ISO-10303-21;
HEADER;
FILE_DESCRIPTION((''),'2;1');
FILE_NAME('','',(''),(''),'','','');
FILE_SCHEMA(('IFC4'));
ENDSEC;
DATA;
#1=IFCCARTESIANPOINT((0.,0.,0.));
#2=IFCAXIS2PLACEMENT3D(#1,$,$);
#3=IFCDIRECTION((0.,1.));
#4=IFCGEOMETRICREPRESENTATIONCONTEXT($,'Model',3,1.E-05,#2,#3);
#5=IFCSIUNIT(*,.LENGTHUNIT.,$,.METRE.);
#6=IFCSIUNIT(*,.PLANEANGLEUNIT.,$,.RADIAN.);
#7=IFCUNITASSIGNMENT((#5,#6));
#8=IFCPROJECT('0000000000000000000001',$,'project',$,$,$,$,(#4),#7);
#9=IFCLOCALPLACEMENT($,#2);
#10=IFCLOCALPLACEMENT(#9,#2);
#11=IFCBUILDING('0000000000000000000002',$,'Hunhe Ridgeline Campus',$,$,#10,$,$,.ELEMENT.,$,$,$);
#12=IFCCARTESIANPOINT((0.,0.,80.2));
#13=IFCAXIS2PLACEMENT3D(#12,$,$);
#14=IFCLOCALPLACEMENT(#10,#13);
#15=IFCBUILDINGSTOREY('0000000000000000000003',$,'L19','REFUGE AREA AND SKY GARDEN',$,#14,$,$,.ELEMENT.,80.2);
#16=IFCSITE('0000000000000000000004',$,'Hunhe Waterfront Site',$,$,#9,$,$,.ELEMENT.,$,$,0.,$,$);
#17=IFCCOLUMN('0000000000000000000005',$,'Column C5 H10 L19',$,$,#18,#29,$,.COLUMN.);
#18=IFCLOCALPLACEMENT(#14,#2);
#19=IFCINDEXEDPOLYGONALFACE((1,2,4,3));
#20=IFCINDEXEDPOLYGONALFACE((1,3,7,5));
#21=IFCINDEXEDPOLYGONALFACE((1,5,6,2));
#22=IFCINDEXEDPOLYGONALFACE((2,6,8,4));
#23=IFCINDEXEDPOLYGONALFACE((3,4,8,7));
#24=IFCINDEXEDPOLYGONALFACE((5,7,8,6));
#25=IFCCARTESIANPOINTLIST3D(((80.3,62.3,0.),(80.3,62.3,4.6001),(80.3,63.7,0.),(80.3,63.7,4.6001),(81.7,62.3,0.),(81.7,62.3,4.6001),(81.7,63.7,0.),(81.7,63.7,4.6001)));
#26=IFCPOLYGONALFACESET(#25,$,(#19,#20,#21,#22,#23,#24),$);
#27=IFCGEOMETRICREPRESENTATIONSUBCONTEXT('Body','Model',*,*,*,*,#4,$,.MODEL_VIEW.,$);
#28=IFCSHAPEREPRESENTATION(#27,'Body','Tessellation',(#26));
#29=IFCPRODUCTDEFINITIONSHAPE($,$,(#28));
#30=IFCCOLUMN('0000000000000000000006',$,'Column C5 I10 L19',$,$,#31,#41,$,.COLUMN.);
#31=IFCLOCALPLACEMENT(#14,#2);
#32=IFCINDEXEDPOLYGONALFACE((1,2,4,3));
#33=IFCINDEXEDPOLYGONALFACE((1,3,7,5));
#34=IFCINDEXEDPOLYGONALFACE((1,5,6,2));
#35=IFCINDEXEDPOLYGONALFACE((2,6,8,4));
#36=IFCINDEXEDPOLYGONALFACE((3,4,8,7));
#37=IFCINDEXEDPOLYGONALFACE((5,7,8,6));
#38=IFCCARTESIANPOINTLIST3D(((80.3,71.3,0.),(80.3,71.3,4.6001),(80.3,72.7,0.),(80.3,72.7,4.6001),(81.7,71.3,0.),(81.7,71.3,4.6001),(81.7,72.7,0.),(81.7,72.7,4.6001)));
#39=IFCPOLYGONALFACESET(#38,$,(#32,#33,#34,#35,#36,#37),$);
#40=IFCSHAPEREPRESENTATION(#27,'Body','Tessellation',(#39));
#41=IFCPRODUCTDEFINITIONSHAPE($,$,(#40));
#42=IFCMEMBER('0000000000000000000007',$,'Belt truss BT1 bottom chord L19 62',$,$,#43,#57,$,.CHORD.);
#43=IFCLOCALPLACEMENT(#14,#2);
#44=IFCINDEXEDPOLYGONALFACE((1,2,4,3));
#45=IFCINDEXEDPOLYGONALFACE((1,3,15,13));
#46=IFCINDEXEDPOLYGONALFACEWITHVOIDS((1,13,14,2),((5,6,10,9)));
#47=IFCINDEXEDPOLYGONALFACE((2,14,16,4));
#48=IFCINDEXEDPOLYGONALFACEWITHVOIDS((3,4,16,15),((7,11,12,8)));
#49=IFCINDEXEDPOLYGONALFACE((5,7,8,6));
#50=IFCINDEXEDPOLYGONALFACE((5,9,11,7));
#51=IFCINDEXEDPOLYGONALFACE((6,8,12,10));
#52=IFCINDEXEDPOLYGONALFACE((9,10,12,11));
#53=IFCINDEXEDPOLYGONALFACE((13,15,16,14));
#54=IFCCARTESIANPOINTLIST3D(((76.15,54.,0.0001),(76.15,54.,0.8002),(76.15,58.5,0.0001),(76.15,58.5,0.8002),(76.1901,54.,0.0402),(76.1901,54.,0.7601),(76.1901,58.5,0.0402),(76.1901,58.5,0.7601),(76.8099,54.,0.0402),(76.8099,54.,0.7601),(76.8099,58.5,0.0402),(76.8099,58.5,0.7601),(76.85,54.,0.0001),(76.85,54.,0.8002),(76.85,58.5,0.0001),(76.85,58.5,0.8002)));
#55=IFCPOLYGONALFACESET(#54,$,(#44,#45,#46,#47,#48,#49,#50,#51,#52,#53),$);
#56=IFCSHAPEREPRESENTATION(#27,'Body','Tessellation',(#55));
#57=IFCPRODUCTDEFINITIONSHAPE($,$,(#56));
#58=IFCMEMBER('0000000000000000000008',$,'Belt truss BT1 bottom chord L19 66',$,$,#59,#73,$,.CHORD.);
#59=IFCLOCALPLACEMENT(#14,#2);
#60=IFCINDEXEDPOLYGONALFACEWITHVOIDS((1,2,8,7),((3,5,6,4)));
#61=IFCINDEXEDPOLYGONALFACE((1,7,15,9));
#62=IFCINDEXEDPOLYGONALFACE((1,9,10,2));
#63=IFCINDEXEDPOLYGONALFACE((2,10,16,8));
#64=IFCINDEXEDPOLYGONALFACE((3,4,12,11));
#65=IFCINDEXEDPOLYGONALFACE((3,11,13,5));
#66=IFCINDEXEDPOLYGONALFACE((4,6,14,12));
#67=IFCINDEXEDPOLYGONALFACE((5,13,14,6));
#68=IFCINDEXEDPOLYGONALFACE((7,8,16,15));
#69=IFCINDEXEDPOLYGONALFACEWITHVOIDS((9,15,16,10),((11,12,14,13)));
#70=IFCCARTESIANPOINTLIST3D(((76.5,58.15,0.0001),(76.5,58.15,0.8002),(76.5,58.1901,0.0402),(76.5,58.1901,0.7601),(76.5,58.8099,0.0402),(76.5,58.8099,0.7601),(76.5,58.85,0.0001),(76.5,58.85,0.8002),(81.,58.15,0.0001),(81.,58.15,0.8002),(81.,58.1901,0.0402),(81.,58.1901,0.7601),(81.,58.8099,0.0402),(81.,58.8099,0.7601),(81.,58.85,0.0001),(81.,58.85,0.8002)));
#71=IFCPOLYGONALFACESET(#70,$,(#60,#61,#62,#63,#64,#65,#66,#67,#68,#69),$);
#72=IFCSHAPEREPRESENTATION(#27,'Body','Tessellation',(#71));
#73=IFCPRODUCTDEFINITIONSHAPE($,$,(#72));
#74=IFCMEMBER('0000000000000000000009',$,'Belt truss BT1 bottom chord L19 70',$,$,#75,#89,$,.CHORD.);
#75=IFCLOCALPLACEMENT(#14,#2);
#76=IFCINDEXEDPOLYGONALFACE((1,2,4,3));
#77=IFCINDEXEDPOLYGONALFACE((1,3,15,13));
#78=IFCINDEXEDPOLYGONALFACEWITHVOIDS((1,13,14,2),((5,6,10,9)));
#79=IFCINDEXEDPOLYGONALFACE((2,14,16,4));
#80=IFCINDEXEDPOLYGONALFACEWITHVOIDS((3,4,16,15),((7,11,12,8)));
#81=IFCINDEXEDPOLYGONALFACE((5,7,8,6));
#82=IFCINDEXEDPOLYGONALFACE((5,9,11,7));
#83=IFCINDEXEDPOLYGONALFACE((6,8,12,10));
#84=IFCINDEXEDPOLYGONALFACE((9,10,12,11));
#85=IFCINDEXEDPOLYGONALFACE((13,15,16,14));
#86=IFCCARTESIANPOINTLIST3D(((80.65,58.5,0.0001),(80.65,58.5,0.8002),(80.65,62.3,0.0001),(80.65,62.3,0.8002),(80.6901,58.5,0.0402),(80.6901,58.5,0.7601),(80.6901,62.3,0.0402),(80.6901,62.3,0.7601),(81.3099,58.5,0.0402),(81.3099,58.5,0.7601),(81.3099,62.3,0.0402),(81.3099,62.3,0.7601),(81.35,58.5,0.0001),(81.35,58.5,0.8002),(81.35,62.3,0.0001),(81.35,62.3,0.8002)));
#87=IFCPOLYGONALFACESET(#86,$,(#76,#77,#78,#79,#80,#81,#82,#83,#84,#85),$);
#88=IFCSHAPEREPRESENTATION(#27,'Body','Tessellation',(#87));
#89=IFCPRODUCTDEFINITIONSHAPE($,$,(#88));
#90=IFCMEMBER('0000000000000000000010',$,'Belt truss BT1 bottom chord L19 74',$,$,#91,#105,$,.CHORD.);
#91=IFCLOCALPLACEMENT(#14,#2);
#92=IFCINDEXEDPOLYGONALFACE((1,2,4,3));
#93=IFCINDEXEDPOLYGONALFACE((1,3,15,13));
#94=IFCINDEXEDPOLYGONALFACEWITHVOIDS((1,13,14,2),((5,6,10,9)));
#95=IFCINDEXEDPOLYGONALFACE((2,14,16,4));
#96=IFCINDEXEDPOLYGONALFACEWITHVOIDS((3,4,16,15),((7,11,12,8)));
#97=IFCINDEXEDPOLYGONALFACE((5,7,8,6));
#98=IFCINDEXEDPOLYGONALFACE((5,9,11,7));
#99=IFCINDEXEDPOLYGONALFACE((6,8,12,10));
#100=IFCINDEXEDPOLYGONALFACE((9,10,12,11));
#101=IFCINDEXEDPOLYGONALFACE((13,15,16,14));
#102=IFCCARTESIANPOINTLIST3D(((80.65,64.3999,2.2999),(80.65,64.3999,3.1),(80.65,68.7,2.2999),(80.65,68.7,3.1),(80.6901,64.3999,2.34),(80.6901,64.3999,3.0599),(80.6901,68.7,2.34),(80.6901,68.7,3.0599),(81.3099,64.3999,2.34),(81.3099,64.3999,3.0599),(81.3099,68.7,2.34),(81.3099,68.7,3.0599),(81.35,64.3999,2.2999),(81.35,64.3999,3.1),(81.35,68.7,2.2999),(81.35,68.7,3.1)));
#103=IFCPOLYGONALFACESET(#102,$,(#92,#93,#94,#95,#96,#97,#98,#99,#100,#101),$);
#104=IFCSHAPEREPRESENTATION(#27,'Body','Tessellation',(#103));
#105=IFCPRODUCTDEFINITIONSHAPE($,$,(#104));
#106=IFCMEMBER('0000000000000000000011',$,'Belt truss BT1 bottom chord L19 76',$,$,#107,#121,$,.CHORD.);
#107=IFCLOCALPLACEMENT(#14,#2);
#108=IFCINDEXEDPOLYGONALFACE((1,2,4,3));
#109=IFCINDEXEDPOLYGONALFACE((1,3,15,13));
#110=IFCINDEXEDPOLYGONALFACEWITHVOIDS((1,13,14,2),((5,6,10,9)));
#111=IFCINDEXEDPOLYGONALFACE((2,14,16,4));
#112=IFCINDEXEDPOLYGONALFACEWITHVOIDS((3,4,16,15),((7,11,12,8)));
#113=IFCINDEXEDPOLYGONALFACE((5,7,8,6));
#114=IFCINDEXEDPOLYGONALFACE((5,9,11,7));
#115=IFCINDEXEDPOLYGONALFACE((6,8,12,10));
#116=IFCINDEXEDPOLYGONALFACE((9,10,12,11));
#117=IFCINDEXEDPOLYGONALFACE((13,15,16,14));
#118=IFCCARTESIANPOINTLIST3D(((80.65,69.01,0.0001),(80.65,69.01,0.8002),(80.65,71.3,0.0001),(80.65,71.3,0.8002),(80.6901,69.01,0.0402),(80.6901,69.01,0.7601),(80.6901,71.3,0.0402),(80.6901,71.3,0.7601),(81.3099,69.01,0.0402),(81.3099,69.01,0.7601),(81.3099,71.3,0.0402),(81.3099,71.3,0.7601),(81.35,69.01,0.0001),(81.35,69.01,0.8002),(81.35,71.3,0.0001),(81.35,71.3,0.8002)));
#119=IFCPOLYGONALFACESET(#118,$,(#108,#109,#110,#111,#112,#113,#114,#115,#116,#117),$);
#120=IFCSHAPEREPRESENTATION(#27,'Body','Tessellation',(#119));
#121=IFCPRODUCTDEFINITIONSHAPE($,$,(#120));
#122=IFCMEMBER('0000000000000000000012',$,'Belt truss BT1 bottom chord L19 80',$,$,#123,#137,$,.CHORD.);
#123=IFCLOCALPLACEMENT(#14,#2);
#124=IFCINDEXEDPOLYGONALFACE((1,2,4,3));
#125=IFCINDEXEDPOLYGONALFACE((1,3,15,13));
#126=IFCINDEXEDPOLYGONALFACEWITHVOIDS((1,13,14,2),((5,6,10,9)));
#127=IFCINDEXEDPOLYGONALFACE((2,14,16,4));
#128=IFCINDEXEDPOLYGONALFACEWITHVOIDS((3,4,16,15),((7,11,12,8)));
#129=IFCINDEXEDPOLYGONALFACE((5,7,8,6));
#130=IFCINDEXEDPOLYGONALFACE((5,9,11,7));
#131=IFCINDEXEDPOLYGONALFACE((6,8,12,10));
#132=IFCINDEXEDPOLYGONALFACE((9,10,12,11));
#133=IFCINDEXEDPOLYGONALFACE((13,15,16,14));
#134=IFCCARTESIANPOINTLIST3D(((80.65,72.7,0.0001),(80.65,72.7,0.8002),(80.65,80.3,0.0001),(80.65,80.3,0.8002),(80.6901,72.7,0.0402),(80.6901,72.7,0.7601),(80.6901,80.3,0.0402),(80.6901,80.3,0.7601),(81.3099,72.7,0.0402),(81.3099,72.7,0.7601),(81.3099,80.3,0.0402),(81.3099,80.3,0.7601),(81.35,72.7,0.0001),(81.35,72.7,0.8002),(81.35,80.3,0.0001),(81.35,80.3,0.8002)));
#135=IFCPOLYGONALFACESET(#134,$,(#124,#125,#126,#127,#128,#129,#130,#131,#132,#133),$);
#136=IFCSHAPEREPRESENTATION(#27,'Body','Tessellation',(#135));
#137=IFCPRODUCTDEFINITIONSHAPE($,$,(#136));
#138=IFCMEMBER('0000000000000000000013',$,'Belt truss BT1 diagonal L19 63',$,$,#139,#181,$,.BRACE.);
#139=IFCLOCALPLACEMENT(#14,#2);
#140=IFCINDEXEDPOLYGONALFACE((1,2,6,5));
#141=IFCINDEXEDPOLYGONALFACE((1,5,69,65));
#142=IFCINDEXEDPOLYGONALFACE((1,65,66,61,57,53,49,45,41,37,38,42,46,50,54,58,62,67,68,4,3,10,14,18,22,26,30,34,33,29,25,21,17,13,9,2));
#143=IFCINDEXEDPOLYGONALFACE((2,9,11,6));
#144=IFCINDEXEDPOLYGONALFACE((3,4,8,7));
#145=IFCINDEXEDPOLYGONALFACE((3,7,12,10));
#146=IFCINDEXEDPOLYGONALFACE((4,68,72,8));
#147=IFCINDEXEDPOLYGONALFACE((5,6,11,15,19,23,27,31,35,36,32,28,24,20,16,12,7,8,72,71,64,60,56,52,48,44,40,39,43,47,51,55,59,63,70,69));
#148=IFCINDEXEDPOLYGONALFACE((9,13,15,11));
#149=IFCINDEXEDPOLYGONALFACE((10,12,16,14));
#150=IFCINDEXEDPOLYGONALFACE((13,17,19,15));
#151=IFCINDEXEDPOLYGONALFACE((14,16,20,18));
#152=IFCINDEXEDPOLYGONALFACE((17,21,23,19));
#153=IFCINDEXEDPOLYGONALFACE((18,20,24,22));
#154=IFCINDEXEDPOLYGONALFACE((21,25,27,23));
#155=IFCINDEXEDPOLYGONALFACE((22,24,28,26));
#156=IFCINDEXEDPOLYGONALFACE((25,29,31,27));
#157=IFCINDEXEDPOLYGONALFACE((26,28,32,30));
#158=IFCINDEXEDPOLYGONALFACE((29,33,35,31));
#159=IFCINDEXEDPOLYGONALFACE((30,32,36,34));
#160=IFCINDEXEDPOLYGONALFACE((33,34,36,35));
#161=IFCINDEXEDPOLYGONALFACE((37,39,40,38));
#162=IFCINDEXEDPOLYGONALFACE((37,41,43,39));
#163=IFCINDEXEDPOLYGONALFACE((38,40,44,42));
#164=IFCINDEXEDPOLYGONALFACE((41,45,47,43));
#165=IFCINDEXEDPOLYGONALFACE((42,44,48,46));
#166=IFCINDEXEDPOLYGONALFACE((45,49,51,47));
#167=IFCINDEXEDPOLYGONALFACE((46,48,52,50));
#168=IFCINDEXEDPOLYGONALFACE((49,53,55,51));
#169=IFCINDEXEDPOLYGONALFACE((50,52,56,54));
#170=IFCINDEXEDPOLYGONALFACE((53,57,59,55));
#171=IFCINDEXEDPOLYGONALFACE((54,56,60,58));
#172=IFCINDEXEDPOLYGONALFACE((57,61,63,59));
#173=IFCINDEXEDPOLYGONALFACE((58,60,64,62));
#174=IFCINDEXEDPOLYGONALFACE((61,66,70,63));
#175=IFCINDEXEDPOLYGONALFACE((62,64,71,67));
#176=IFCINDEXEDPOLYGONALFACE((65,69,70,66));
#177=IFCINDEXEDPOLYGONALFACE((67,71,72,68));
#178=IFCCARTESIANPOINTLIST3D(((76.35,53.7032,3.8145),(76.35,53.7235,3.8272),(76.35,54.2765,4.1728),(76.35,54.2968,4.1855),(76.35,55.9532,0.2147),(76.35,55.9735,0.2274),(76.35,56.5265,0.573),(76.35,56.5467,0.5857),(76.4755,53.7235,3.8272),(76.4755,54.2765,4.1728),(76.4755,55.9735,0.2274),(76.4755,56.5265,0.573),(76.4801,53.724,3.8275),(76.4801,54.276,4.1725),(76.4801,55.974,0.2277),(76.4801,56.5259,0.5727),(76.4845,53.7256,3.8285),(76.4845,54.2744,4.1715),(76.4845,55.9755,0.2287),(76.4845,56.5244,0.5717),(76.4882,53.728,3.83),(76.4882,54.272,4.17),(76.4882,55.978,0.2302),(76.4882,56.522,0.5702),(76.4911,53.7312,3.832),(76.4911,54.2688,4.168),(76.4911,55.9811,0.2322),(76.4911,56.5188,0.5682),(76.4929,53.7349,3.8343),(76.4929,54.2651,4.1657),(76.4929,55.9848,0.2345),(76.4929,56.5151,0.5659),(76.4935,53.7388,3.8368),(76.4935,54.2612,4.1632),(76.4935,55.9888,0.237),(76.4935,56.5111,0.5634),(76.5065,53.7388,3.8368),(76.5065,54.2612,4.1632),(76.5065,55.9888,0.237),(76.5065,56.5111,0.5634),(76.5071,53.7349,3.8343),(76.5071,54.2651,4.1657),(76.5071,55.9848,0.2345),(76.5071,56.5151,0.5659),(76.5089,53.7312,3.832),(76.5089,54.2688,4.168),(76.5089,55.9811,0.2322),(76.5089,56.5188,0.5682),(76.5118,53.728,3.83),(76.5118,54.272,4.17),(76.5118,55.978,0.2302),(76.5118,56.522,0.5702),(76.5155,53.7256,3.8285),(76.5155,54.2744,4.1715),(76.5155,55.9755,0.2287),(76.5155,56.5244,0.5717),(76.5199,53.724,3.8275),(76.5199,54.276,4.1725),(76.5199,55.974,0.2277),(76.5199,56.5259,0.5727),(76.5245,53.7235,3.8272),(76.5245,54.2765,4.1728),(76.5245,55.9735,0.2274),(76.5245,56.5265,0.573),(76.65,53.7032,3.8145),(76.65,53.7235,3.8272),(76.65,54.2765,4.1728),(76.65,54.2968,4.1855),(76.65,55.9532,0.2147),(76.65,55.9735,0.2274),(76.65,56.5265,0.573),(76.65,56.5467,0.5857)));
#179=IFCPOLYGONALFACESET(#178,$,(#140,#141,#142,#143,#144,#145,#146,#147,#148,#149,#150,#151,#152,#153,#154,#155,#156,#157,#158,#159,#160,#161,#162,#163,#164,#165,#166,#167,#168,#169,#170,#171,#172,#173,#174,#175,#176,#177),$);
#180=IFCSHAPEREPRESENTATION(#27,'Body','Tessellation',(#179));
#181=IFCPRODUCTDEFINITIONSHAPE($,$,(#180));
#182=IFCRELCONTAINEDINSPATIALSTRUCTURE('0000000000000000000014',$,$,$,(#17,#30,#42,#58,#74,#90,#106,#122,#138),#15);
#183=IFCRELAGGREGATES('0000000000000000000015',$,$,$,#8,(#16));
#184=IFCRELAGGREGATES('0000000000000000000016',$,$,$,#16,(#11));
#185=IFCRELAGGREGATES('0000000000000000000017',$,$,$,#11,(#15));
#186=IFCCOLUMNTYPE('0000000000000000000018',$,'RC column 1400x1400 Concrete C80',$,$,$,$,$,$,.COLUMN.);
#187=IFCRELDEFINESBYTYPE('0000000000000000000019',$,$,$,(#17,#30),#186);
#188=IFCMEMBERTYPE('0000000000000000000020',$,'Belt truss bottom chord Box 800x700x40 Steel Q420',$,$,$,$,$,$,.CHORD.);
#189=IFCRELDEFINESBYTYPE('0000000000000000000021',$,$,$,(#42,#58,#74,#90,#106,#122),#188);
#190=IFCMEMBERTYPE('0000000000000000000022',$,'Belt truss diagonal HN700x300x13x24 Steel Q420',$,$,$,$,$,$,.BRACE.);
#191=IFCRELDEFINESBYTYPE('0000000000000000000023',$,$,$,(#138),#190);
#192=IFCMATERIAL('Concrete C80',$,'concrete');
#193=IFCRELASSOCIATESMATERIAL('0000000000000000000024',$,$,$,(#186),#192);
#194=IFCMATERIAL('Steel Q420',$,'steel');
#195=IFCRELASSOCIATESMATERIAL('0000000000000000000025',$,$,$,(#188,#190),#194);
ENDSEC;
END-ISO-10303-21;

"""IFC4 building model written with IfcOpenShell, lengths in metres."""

from ifc_helpers import new_model, si_unit, direction, frame, origin, origin_2d, place, context, subcontext, project, spatial, rectangle, hollow_rectangle, i_section, extrude, material, material_profile, profile_set, type_object, element, save


model = new_model("IFC4")

# Units and contexts
model_context = context("Model", 3, precision=1e-05, world=origin(), true_north=direction((0.0, 1.0)))
body_context = subcontext(model_context, "Body", "Model", "MODEL_VIEW")
ifc_project = project(units=[si_unit("LENGTHUNIT", "METRE"), si_unit("PLANEANGLEUNIT", "RADIAN")], contexts=[model_context])

# Site, building, storey
site_placement = place(None, origin())
site = spatial("IfcSite", under=ifc_project, at=site_placement, Name="Hunhe Waterfront Site", CompositionType="ELEMENT", RefElevation=0.0)
building_placement = place(site_placement, origin())
building = spatial("IfcBuilding", under=site, at=building_placement, Name="Hunhe Ridgeline Campus", CompositionType="ELEMENT")
storey_placement = place(building_placement, frame((0.0, 0.0, 80.2)))
storey = spatial("IfcBuildingStorey", under=building, at=storey_placement, Name="L19", Description="REFUGE AREA AND SKY GARDEN", CompositionType="ELEMENT", Elevation=80.2)

# Columns
ifc_material_1 = material(Name="Concrete C80", Category="concrete")
ifc_material_profile_1 = material_profile(ifc_material_1, rectangle(XDim=1.3999, YDim=1.3999, at=origin_2d()))
ifc_profile_set_1 = profile_set([ifc_material_profile_1], Name="Concrete C80")
column_type = type_object("IfcColumnType", Name="RC column 1400x1400 Concrete C80", PredefinedType="COLUMN", material=ifc_profile_set_1)
for number, where, z_axis, x_axis, name in (
    (1, (81.0, 63.0, 0.0), (0.0, 0.0, 1.0), (1.0, 0.0, 0.0), "Column C5 H10 L19"),
    (2, (81.0, 72.0, 0.0), (0.0, 0.0, 1.0), (1.0, 0.0, 0.0), "Column C5 I10 L19"),
):
    element("IfcColumn", number, at=place(storey_placement, frame(where, z_axis=z_axis, x_axis=x_axis)), inside=storey, type_object=column_type, Name=name, PredefinedType="COLUMN", context=body_context, shape_type="SweptSolid", body=[
        extrude(rectangle(XDim=1.3999, YDim=1.3999, at=origin_2d()), origin(), (0.0, 0.0, 1.0), 4.6001),
    ])

# Members
ifc_material_2 = material(Name="Steel Q420", Category="steel")
ifc_material_profile_2 = material_profile(ifc_material_2, hollow_rectangle(XDim=0.7, YDim=0.8, WallThickness=0.04, at=origin_2d()))
ifc_profile_set_2 = profile_set([ifc_material_profile_2], Name="Steel Q420")
member_type_1 = type_object("IfcMemberType", Name="Belt truss bottom chord Box 800x700x40 Steel Q420", PredefinedType="CHORD", material=ifc_profile_set_2)
for number, where, z_axis, x_axis, name in (
    (3, (76.5, 54.0, 0.4001), (0.0, 1.0, 0.0), (-1.0, 0.0, 0.0), "Belt truss BT1 bottom chord L19 62"),
    (4, (76.5, 58.5, 0.4001), (1.0, 0.0, 0.0), (0.0, 1.0, 0.0), "Belt truss BT1 bottom chord L19 66"),
):
    element("IfcMember", number, at=place(storey_placement, frame(where, z_axis=z_axis, x_axis=x_axis)), inside=storey, type_object=member_type_1, Name=name, PredefinedType="CHORD", context=body_context, shape_type="SweptSolid", body=[
        extrude(hollow_rectangle(XDim=0.7, YDim=0.8, WallThickness=0.04, at=origin_2d()), origin(), (0.0, 0.0, 1.0), 4.5),
    ])
member_1_placement = place(storey_placement, frame((81.0, 58.5, 0.4001), z_axis=(0.0, 1.0, 0.0), x_axis=(-1.0, 0.0, 0.0)))
element("IfcMember", 5, at=member_1_placement, inside=storey, type_object=member_type_1, Name="Belt truss BT1 bottom chord L19 70", PredefinedType="CHORD", context=body_context, shape_type="SweptSolid", body=[
    extrude(hollow_rectangle(XDim=0.7, YDim=0.8, WallThickness=0.04, at=origin_2d()), origin(), (0.0, 0.0, 1.0), 3.8),
])
member_2_placement = place(storey_placement, frame((81.0, 64.3999, 2.7), z_axis=(0.0, 1.0, 0.0), x_axis=(-1.0, 0.0, 0.0)))
element("IfcMember", 6, at=member_2_placement, inside=storey, type_object=member_type_1, Name="Belt truss BT1 bottom chord L19 74", PredefinedType="CHORD", context=body_context, shape_type="SweptSolid", body=[
    extrude(hollow_rectangle(XDim=0.7, YDim=0.8, WallThickness=0.04, at=origin_2d()), origin(), (0.0, 0.0, 1.0), 4.3),
])
member_3_placement = place(storey_placement, frame((81.0, 69.01, 0.4001), z_axis=(0.0, 1.0, 0.0), x_axis=(-1.0, 0.0, 0.0)))
element("IfcMember", 7, at=member_3_placement, inside=storey, type_object=member_type_1, Name="Belt truss BT1 bottom chord L19 76", PredefinedType="CHORD", context=body_context, shape_type="SweptSolid", body=[
    extrude(hollow_rectangle(XDim=0.7, YDim=0.8, WallThickness=0.04, at=origin_2d()), origin(), (0.0, 0.0, 1.0), 2.29),
])
member_4_placement = place(storey_placement, frame((81.0, 72.7, 0.4001), z_axis=(0.0, 1.0, 0.0), x_axis=(-1.0, 0.0, 0.0)))
element("IfcMember", 8, at=member_4_placement, inside=storey, type_object=member_type_1, Name="Belt truss BT1 bottom chord L19 80", PredefinedType="CHORD", context=body_context, shape_type="SweptSolid", body=[
    extrude(hollow_rectangle(XDim=0.7, YDim=0.8, WallThickness=0.04, at=origin_2d()), origin(), (0.0, 0.0, 1.0), 7.6001),
])
ifc_material_profile_3 = material_profile(ifc_material_2, i_section(OverallWidth=0.3, OverallDepth=0.7, WebThickness=0.0129, FlangeThickness=0.0239, FilletRadius=0.0181, at=origin_2d()))
ifc_profile_set_3 = profile_set([ifc_material_profile_3], Name="Steel Q420")
member_type_2 = type_object("IfcMemberType", Name="Belt truss diagonal HN700x300x13x24 Steel Q420", PredefinedType="BRACE", material=ifc_profile_set_3)
for number, where, z_axis, x_axis, name in (
    (9, (76.5, 54.0, 4.0), (0.0, 0.530014, -0.847989), (-1.0, 0.0, 0.0), "Belt truss BT1 diagonal L19 63"),
):
    element("IfcMember", number, at=place(storey_placement, frame(where, z_axis=z_axis, x_axis=x_axis)), inside=storey, type_object=member_type_2, Name=name, PredefinedType="BRACE", context=body_context, shape_type="SweptSolid", body=[
        extrude(i_section(OverallWidth=0.3, OverallDepth=0.7, WebThickness=0.0129, FlangeThickness=0.0239, FilletRadius=0.0181, at=origin_2d()), origin(), (0.0, 0.0, 1.0), 4.2451),
    ])

save(model, "model.ifc")
